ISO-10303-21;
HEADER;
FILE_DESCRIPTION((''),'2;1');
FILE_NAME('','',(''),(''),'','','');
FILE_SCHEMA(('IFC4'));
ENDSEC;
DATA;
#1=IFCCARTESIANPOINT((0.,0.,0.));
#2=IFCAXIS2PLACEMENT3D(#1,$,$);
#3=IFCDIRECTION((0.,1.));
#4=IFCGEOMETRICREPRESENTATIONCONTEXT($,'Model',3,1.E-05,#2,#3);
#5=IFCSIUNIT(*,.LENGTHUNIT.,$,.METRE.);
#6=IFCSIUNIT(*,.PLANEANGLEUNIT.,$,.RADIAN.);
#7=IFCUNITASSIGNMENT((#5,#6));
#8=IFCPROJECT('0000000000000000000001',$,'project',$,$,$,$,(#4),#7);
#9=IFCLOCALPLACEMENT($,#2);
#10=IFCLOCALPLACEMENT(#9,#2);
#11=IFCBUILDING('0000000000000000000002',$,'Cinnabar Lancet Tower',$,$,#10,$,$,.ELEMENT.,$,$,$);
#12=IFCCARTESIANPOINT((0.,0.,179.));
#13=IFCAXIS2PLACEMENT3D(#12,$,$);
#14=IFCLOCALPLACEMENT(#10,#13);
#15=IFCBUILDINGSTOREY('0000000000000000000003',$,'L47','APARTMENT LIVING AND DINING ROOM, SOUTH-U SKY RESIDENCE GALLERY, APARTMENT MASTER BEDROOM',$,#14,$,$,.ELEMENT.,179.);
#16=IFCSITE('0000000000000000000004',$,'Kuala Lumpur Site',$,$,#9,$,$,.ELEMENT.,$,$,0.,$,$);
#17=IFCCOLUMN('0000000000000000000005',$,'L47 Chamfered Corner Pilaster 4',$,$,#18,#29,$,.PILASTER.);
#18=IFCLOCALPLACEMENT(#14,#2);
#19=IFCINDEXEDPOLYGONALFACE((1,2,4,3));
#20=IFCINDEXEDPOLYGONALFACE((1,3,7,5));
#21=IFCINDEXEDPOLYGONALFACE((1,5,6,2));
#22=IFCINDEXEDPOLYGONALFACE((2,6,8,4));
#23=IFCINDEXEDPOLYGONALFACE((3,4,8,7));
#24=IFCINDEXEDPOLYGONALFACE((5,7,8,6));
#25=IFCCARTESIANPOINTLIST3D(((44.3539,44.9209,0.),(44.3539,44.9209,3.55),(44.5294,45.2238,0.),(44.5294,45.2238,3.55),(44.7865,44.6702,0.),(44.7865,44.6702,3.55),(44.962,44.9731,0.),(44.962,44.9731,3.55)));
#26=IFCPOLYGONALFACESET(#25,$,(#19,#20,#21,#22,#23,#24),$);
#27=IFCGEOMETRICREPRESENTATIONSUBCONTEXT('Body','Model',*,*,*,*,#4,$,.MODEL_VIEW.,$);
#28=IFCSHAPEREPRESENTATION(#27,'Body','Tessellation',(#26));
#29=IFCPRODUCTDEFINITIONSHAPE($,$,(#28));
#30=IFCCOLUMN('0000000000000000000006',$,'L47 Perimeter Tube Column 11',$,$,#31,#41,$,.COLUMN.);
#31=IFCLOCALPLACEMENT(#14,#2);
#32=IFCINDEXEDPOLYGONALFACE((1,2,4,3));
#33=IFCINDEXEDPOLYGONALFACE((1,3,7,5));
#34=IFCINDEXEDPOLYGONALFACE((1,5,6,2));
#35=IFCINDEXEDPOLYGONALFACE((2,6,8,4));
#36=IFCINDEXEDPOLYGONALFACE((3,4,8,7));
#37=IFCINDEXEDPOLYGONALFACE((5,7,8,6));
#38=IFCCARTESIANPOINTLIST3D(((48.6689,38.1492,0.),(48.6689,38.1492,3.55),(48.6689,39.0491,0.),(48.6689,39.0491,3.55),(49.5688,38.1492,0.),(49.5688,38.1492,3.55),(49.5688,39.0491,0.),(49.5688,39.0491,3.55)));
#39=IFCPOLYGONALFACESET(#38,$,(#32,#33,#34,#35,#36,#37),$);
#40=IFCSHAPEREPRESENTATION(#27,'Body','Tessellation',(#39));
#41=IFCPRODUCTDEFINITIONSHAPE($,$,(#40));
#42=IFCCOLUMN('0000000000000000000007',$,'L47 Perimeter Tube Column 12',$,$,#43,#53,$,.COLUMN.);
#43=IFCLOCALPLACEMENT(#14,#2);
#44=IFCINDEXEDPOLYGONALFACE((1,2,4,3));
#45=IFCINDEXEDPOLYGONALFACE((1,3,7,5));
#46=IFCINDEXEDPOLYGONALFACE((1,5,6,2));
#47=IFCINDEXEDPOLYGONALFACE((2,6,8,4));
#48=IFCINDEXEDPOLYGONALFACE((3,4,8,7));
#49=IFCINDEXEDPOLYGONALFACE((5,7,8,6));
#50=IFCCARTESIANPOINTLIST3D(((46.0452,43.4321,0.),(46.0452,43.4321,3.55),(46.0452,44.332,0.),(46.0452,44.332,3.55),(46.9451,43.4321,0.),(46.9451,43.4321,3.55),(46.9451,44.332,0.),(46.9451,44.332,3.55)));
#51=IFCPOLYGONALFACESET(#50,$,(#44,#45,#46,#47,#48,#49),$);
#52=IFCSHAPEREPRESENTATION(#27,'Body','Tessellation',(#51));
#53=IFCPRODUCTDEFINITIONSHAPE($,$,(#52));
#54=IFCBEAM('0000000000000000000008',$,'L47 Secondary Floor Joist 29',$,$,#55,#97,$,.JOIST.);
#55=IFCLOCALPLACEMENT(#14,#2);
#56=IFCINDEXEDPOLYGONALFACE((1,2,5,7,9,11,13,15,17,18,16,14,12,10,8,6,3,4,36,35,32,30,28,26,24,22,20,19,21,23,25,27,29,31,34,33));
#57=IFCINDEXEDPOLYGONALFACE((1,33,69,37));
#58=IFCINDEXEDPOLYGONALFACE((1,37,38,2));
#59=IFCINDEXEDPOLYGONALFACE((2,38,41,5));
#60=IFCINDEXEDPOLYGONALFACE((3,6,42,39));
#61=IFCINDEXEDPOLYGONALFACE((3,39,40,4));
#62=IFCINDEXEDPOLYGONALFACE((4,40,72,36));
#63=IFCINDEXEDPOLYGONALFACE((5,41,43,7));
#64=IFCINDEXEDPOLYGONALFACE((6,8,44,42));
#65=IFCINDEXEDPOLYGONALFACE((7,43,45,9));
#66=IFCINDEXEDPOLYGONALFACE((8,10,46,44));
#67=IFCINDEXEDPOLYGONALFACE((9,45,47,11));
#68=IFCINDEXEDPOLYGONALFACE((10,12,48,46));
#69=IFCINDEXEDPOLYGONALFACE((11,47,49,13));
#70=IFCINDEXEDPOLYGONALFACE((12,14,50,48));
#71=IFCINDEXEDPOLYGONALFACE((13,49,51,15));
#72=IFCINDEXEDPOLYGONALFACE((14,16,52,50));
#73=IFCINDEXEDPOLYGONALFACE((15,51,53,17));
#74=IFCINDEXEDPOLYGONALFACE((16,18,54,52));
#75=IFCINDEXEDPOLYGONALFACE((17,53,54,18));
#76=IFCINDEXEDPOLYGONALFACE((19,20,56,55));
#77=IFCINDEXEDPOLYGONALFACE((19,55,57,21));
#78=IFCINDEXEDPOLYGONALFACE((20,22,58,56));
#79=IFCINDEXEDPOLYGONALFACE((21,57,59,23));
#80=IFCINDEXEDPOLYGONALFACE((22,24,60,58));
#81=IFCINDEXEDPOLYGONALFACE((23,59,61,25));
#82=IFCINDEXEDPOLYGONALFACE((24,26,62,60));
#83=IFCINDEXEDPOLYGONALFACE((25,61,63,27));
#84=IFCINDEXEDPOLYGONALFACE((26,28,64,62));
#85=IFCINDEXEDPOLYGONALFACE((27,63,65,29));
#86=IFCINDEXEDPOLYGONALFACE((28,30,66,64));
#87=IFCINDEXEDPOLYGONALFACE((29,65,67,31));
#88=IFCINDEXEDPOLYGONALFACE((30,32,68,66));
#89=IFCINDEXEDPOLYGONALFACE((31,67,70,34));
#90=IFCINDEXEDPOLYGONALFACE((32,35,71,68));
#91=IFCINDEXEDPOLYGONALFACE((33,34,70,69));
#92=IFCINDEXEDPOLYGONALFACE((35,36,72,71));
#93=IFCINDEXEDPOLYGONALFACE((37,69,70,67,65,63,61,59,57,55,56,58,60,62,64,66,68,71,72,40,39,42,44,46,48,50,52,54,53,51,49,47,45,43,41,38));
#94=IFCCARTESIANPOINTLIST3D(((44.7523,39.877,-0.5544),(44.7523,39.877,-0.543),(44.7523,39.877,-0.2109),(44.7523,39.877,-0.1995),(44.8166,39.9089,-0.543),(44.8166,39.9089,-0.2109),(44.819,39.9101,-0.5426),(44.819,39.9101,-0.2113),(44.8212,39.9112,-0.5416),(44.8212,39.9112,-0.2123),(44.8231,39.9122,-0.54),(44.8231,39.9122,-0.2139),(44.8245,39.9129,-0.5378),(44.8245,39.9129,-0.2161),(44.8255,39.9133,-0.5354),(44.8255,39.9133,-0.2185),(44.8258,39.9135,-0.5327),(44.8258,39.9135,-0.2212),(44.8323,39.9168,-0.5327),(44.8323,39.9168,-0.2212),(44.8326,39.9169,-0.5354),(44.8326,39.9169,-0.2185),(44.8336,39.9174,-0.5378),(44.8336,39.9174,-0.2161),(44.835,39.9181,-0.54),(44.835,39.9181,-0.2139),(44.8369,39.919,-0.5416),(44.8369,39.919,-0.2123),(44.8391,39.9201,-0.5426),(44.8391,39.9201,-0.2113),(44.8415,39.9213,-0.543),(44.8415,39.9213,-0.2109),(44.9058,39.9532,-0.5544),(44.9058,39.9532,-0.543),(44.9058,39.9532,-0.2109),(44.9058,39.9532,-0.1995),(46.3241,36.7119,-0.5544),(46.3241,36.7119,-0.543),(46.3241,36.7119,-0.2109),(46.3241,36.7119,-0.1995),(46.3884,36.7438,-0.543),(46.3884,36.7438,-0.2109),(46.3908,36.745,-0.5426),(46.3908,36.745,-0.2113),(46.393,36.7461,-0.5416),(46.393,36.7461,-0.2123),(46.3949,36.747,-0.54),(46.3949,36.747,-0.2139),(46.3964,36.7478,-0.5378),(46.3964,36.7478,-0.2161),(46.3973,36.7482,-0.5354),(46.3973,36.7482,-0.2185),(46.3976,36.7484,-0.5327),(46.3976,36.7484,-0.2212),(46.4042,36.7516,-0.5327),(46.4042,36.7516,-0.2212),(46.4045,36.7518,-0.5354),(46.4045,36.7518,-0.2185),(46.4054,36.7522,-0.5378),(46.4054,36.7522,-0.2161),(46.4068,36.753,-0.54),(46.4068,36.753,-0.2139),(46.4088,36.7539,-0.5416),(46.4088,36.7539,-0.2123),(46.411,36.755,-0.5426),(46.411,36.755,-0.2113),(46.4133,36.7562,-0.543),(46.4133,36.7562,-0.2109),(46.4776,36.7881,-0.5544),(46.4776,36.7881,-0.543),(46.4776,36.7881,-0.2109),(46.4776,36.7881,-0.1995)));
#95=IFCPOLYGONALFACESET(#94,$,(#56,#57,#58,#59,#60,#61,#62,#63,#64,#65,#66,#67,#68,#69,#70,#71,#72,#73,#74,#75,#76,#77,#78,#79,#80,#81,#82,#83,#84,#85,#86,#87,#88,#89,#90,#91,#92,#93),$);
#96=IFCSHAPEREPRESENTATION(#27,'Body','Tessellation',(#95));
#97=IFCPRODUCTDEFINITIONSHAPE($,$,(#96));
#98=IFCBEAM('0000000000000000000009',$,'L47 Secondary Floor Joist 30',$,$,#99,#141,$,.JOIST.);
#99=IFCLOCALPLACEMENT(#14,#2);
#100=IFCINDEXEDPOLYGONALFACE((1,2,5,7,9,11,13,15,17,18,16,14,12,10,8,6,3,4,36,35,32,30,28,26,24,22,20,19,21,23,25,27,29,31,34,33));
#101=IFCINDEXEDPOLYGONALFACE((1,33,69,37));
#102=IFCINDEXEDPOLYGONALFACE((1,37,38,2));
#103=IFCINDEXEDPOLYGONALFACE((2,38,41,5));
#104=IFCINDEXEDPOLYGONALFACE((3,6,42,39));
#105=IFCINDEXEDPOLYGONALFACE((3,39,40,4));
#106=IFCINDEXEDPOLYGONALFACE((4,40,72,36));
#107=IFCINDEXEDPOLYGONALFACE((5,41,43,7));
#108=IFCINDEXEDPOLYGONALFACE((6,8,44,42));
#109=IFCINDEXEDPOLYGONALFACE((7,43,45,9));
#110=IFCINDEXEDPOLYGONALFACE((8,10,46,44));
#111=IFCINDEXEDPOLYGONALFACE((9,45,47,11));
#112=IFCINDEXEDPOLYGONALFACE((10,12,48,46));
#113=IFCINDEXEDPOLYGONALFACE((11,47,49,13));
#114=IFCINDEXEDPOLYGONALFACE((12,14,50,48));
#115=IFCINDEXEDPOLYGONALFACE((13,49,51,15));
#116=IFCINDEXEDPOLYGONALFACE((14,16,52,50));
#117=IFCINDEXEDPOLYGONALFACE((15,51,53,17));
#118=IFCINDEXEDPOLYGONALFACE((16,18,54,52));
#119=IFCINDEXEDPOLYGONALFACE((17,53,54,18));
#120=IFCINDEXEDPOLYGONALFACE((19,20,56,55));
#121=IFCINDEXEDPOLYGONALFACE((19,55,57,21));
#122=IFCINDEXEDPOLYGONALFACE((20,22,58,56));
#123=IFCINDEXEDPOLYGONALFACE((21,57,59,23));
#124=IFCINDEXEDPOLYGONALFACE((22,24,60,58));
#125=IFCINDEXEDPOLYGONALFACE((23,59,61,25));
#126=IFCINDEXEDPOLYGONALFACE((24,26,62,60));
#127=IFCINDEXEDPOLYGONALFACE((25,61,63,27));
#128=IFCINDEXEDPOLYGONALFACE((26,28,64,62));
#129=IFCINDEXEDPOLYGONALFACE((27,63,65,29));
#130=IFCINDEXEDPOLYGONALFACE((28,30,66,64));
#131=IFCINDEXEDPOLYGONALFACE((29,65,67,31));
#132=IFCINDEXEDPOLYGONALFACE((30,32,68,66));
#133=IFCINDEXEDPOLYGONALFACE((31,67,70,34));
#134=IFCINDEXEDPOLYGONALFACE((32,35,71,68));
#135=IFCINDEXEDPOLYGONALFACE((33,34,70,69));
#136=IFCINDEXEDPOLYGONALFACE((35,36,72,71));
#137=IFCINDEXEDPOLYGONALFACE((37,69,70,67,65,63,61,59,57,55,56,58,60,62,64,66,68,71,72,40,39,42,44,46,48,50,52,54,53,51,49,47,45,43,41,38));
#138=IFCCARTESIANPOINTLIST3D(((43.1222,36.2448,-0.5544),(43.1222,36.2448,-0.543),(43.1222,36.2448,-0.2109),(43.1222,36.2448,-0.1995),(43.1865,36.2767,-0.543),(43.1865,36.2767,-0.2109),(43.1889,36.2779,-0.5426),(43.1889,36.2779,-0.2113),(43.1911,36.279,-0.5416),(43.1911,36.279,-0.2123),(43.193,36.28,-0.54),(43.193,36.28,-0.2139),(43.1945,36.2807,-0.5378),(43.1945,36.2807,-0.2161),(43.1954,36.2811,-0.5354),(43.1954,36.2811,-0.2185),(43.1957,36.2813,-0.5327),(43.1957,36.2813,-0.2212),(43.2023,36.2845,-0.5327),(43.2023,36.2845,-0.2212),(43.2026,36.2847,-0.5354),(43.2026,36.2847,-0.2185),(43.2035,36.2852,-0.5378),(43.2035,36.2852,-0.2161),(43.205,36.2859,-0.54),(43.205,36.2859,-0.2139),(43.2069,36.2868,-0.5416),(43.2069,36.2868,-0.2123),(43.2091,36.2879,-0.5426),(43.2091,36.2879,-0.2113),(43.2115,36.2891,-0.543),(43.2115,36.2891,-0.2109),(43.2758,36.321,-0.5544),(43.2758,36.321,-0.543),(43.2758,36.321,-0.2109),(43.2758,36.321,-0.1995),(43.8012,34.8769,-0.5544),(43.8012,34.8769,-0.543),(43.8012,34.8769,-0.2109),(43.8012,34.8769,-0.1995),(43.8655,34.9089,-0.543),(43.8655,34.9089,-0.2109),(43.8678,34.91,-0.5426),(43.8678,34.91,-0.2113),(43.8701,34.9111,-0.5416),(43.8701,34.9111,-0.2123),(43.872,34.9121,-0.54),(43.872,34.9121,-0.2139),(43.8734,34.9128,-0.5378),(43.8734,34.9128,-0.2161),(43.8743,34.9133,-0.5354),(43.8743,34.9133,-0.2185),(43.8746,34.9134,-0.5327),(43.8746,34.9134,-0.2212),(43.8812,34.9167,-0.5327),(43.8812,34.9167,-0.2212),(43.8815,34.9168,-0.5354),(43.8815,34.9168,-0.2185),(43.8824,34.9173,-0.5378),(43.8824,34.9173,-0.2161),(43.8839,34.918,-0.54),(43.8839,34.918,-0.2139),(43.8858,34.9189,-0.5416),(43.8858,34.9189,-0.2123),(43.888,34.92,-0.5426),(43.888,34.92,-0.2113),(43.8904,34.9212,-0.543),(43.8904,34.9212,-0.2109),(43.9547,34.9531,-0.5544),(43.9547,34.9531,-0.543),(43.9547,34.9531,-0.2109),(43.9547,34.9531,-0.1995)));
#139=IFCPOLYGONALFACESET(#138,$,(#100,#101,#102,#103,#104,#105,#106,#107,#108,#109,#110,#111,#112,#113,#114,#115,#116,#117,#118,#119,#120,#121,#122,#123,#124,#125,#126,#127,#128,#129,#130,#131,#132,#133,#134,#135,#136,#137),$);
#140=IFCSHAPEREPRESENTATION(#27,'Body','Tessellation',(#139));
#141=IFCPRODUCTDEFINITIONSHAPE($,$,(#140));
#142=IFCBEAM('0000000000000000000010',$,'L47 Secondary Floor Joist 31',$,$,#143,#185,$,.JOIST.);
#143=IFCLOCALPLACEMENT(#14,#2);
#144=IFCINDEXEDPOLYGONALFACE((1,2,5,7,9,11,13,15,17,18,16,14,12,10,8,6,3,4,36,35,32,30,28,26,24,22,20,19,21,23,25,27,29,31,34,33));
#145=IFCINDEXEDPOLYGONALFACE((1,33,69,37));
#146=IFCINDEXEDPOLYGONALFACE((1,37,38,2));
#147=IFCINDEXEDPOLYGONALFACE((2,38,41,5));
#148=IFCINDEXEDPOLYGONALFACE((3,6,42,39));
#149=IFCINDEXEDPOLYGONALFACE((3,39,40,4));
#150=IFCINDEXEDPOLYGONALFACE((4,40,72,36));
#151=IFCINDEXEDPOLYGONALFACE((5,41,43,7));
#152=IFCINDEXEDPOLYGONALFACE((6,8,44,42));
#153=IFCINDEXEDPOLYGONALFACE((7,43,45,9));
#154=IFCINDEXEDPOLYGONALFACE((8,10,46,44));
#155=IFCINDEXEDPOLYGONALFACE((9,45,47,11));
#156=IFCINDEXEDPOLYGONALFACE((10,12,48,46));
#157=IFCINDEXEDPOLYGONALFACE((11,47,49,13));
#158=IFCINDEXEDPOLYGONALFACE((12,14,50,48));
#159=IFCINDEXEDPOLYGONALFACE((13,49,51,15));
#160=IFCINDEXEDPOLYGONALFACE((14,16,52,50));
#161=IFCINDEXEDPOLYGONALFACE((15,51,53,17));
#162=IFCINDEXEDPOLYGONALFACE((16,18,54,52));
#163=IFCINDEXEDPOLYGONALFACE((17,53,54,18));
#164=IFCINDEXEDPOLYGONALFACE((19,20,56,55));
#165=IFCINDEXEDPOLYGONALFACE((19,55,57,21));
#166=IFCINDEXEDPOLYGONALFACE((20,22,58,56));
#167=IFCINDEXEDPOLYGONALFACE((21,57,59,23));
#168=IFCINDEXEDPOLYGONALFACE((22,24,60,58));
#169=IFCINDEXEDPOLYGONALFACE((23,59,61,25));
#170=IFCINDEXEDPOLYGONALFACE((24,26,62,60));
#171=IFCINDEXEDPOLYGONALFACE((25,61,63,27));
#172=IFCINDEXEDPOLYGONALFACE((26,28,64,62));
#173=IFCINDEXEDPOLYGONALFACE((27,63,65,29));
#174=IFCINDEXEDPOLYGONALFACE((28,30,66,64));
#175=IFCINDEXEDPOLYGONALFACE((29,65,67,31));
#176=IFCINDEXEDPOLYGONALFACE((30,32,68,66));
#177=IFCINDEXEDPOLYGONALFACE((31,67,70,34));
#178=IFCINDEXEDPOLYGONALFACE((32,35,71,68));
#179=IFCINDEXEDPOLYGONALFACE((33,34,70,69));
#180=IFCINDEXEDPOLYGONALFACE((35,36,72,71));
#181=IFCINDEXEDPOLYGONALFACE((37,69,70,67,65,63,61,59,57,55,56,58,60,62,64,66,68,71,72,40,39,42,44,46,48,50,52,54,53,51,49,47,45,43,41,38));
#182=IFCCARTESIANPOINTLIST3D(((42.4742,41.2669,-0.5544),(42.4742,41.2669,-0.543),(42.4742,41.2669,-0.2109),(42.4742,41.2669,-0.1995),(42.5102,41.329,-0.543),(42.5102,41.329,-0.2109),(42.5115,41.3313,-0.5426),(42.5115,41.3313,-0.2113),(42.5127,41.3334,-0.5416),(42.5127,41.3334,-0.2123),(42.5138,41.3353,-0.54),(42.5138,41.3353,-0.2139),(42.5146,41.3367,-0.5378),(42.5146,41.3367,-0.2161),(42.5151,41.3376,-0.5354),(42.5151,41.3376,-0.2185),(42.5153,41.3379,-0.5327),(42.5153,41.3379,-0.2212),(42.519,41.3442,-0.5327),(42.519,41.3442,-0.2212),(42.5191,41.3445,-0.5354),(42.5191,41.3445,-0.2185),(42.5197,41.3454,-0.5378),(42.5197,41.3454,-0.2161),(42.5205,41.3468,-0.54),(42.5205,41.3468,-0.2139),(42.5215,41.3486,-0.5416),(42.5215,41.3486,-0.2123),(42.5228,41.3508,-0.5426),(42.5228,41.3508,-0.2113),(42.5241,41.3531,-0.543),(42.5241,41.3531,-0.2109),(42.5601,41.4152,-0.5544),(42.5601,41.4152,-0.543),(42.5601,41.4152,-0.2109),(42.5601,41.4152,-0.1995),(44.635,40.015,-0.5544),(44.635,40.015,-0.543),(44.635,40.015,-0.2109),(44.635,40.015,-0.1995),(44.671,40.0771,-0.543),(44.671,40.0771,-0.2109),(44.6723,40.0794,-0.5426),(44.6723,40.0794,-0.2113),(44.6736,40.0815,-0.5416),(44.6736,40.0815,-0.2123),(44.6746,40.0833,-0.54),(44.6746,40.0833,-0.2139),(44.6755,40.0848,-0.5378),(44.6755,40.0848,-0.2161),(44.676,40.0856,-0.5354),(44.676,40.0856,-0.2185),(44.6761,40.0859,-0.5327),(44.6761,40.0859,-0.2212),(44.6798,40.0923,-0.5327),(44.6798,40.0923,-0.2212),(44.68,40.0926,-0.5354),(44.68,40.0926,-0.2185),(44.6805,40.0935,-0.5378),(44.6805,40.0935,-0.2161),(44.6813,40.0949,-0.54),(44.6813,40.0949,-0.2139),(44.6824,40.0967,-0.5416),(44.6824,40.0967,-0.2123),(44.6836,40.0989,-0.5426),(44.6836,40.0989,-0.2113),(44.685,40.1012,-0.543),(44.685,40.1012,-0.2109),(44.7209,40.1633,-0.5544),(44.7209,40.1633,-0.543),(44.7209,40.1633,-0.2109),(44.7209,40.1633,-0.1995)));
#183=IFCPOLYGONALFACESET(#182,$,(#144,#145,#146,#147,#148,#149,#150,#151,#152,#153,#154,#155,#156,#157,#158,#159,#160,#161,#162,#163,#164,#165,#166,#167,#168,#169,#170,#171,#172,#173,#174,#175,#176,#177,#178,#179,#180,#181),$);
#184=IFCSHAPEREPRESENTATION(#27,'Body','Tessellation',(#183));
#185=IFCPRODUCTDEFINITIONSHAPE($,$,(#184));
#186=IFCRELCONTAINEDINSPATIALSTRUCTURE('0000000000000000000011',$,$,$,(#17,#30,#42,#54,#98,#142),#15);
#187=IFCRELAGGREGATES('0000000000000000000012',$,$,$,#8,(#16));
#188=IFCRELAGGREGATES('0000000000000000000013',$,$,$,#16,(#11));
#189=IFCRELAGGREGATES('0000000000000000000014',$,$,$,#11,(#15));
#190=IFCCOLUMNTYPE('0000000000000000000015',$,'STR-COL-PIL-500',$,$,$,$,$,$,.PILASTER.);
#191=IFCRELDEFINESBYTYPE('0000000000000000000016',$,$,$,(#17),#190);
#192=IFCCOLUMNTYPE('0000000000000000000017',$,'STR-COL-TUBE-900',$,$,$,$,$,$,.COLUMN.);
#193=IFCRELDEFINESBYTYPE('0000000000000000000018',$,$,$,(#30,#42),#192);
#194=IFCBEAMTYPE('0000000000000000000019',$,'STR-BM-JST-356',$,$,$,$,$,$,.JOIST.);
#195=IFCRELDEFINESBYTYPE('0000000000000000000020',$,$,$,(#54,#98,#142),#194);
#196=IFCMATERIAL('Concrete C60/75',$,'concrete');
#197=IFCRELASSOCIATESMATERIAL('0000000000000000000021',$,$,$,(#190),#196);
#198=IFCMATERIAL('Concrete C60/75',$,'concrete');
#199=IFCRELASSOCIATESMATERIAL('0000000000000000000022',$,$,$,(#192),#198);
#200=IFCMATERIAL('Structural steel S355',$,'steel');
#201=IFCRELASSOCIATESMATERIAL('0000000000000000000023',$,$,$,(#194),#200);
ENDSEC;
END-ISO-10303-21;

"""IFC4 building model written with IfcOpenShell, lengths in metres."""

from ifc_helpers import new_model, si_unit, direction, frame, origin, origin_2d, place, context, subcontext, project, spatial, rectangle, i_section, extrude, material, material_profile, profile_set, type_object, element, save


model = new_model("IFC4")

# Units and contexts
model_context = context("Model", 3, precision=1e-05, world=origin(), true_north=direction((0.0, 1.0)))
body_context = subcontext(model_context, "Body", "Model", "MODEL_VIEW")
ifc_project = project(units=[si_unit("LENGTHUNIT", "METRE"), si_unit("PLANEANGLEUNIT", "RADIAN")], contexts=[model_context])

# Site, building, storey
site_placement = place(None, origin())
site = spatial("IfcSite", under=ifc_project, at=site_placement, Name="Kuala Lumpur Site", CompositionType="ELEMENT", RefElevation=0.0)
building_placement = place(site_placement, origin())
building = spatial("IfcBuilding", under=site, at=building_placement, Name="Cinnabar Lancet Tower", CompositionType="ELEMENT")
storey_placement = place(building_placement, frame((0.0, 0.0, 179.0)))
storey = spatial("IfcBuildingStorey", under=building, at=storey_placement, Name="L47", Description="APARTMENT LIVING AND DINING ROOM, SOUTH-U SKY RESIDENCE GALLERY, APARTMENT MASTER BEDROOM", CompositionType="ELEMENT", Elevation=179.0)

# Columns
ifc_material_1 = material(Name="Concrete C60/75", Category="concrete")
ifc_material_profile_1 = material_profile(ifc_material_1, rectangle(XDim=0.5, YDim=0.3501, at=origin_2d()), Name="RC-PIL 500x350")
ifc_profile_set_1 = profile_set([ifc_material_profile_1], Name="Concrete C60/75")
column_type_1 = type_object("IfcColumnType", Name="STR-COL-PIL-500", PredefinedType="PILASTER", material=ifc_profile_set_1)
column_placement = place(storey_placement, frame((44.658, 44.947, 0.0), z_axis=(0.0, 0.0, 1.0), x_axis=(-0.86523, 0.501375, 0.0)))
element("IfcColumn", 1, at=column_placement, inside=storey, type_object=column_type_1, Name="L47 Chamfered Corner Pilaster 4", PredefinedType="PILASTER", context=body_context, shape_type="SweptSolid", body=[
    extrude(rectangle(XDim=0.5, YDim=0.3501, at=origin_2d()), origin(), (0.0, 0.0, 1.0), 3.55),
])
ifc_material_2 = material(Name="Concrete C60/75", Category="concrete")
ifc_material_profile_2 = material_profile(ifc_material_2, rectangle(XDim=0.8999, YDim=0.8999, at=origin_2d()), Name="RC-COL 900x900")
ifc_profile_set_2 = profile_set([ifc_material_profile_2], Name="Concrete C60/75")
column_type_2 = type_object("IfcColumnType", Name="STR-COL-TUBE-900", PredefinedType="COLUMN", material=ifc_profile_set_2)
for number, where, z_axis, x_axis, name in (
    (2, (49.1189, 38.5991, 0.0), (0.0, 0.0, 1.0), (1.0, 0.0, 0.0), "L47 Perimeter Tube Column 11"),
    (3, (46.4951, 43.8821, 0.0), (0.0, 0.0, 1.0), (1.0, 0.0, 0.0), "L47 Perimeter Tube Column 12"),
):
    element("IfcColumn", number, at=place(storey_placement, frame(where, z_axis=z_axis, x_axis=x_axis)), inside=storey, type_object=column_type_2, Name=name, PredefinedType="COLUMN", context=body_context, shape_type="SweptSolid", body=[
        extrude(rectangle(XDim=0.8999, YDim=0.8999, at=origin_2d()), origin(), (0.0, 0.0, 1.0), 3.55),
    ])

# Beams
ifc_material_3 = material(Name="Structural steel S355", Category="steel")
ifc_material_profile_3 = material_profile(ifc_material_3, i_section(OverallWidth=0.1714, OverallDepth=0.355, WebThickness=0.0073, FlangeThickness=0.0115, FilletRadius=0.0103, at=origin_2d()), Name="UKB 356x171x51")
ifc_profile_set_3 = profile_set([ifc_material_profile_3], Name="Structural steel S355")
beam_type_1 = type_object("IfcBeamType", Name="STR-BM-JST-356", PredefinedType="JOIST", material=ifc_profile_set_3)
beam_1_placement = place(storey_placement, frame((46.4009, 36.75, -0.377), z_axis=(-0.44478, 0.89564, 0.0), x_axis=(-0.89564, -0.44478, 0.0)))
element("IfcBeam", 4, at=beam_1_placement, inside=storey, type_object=beam_type_1, Name="L47 Secondary Floor Joist 29", PredefinedType="JOIST", context=body_context, shape_type="SweptSolid", body=[
    extrude(i_section(OverallWidth=0.1714, OverallDepth=0.355, WebThickness=0.0073, FlangeThickness=0.0115, FilletRadius=0.0103, at=origin_2d()), origin(), (0.0, 0.0, 1.0), 3.5339),
])
beam_2_placement = place(storey_placement, frame((43.8779, 34.915, -0.377), z_axis=(-0.44459, 0.895734, 0.0), x_axis=(-0.895734, -0.44459, 0.0)))
element("IfcBeam", 5, at=beam_2_placement, inside=storey, type_object=beam_type_1, Name="L47 Secondary Floor Joist 30", PredefinedType="JOIST", context=body_context, shape_type="SweptSolid", body=[
    extrude(i_section(OverallWidth=0.1714, OverallDepth=0.355, WebThickness=0.0073, FlangeThickness=0.0115, FilletRadius=0.0103, at=origin_2d()), origin(), (0.0, 0.0, 1.0), 1.5271),
])
beam_3_placement = place(storey_placement, frame((44.678, 40.0891, -0.377), z_axis=(-0.865268, 0.50131, 0.0), x_axis=(-0.50131, -0.865268, 0.0)))
element("IfcBeam", 6, at=beam_3_placement, inside=storey, type_object=beam_type_1, Name="L47 Secondary Floor Joist 31", PredefinedType="JOIST", context=body_context, shape_type="SweptSolid", body=[
    extrude(i_section(OverallWidth=0.1714, OverallDepth=0.355, WebThickness=0.0073, FlangeThickness=0.0115, FilletRadius=0.0103, at=origin_2d()), origin(), (0.0, 0.0, 1.0), 2.4973),
])

save(model, "model.ifc")
